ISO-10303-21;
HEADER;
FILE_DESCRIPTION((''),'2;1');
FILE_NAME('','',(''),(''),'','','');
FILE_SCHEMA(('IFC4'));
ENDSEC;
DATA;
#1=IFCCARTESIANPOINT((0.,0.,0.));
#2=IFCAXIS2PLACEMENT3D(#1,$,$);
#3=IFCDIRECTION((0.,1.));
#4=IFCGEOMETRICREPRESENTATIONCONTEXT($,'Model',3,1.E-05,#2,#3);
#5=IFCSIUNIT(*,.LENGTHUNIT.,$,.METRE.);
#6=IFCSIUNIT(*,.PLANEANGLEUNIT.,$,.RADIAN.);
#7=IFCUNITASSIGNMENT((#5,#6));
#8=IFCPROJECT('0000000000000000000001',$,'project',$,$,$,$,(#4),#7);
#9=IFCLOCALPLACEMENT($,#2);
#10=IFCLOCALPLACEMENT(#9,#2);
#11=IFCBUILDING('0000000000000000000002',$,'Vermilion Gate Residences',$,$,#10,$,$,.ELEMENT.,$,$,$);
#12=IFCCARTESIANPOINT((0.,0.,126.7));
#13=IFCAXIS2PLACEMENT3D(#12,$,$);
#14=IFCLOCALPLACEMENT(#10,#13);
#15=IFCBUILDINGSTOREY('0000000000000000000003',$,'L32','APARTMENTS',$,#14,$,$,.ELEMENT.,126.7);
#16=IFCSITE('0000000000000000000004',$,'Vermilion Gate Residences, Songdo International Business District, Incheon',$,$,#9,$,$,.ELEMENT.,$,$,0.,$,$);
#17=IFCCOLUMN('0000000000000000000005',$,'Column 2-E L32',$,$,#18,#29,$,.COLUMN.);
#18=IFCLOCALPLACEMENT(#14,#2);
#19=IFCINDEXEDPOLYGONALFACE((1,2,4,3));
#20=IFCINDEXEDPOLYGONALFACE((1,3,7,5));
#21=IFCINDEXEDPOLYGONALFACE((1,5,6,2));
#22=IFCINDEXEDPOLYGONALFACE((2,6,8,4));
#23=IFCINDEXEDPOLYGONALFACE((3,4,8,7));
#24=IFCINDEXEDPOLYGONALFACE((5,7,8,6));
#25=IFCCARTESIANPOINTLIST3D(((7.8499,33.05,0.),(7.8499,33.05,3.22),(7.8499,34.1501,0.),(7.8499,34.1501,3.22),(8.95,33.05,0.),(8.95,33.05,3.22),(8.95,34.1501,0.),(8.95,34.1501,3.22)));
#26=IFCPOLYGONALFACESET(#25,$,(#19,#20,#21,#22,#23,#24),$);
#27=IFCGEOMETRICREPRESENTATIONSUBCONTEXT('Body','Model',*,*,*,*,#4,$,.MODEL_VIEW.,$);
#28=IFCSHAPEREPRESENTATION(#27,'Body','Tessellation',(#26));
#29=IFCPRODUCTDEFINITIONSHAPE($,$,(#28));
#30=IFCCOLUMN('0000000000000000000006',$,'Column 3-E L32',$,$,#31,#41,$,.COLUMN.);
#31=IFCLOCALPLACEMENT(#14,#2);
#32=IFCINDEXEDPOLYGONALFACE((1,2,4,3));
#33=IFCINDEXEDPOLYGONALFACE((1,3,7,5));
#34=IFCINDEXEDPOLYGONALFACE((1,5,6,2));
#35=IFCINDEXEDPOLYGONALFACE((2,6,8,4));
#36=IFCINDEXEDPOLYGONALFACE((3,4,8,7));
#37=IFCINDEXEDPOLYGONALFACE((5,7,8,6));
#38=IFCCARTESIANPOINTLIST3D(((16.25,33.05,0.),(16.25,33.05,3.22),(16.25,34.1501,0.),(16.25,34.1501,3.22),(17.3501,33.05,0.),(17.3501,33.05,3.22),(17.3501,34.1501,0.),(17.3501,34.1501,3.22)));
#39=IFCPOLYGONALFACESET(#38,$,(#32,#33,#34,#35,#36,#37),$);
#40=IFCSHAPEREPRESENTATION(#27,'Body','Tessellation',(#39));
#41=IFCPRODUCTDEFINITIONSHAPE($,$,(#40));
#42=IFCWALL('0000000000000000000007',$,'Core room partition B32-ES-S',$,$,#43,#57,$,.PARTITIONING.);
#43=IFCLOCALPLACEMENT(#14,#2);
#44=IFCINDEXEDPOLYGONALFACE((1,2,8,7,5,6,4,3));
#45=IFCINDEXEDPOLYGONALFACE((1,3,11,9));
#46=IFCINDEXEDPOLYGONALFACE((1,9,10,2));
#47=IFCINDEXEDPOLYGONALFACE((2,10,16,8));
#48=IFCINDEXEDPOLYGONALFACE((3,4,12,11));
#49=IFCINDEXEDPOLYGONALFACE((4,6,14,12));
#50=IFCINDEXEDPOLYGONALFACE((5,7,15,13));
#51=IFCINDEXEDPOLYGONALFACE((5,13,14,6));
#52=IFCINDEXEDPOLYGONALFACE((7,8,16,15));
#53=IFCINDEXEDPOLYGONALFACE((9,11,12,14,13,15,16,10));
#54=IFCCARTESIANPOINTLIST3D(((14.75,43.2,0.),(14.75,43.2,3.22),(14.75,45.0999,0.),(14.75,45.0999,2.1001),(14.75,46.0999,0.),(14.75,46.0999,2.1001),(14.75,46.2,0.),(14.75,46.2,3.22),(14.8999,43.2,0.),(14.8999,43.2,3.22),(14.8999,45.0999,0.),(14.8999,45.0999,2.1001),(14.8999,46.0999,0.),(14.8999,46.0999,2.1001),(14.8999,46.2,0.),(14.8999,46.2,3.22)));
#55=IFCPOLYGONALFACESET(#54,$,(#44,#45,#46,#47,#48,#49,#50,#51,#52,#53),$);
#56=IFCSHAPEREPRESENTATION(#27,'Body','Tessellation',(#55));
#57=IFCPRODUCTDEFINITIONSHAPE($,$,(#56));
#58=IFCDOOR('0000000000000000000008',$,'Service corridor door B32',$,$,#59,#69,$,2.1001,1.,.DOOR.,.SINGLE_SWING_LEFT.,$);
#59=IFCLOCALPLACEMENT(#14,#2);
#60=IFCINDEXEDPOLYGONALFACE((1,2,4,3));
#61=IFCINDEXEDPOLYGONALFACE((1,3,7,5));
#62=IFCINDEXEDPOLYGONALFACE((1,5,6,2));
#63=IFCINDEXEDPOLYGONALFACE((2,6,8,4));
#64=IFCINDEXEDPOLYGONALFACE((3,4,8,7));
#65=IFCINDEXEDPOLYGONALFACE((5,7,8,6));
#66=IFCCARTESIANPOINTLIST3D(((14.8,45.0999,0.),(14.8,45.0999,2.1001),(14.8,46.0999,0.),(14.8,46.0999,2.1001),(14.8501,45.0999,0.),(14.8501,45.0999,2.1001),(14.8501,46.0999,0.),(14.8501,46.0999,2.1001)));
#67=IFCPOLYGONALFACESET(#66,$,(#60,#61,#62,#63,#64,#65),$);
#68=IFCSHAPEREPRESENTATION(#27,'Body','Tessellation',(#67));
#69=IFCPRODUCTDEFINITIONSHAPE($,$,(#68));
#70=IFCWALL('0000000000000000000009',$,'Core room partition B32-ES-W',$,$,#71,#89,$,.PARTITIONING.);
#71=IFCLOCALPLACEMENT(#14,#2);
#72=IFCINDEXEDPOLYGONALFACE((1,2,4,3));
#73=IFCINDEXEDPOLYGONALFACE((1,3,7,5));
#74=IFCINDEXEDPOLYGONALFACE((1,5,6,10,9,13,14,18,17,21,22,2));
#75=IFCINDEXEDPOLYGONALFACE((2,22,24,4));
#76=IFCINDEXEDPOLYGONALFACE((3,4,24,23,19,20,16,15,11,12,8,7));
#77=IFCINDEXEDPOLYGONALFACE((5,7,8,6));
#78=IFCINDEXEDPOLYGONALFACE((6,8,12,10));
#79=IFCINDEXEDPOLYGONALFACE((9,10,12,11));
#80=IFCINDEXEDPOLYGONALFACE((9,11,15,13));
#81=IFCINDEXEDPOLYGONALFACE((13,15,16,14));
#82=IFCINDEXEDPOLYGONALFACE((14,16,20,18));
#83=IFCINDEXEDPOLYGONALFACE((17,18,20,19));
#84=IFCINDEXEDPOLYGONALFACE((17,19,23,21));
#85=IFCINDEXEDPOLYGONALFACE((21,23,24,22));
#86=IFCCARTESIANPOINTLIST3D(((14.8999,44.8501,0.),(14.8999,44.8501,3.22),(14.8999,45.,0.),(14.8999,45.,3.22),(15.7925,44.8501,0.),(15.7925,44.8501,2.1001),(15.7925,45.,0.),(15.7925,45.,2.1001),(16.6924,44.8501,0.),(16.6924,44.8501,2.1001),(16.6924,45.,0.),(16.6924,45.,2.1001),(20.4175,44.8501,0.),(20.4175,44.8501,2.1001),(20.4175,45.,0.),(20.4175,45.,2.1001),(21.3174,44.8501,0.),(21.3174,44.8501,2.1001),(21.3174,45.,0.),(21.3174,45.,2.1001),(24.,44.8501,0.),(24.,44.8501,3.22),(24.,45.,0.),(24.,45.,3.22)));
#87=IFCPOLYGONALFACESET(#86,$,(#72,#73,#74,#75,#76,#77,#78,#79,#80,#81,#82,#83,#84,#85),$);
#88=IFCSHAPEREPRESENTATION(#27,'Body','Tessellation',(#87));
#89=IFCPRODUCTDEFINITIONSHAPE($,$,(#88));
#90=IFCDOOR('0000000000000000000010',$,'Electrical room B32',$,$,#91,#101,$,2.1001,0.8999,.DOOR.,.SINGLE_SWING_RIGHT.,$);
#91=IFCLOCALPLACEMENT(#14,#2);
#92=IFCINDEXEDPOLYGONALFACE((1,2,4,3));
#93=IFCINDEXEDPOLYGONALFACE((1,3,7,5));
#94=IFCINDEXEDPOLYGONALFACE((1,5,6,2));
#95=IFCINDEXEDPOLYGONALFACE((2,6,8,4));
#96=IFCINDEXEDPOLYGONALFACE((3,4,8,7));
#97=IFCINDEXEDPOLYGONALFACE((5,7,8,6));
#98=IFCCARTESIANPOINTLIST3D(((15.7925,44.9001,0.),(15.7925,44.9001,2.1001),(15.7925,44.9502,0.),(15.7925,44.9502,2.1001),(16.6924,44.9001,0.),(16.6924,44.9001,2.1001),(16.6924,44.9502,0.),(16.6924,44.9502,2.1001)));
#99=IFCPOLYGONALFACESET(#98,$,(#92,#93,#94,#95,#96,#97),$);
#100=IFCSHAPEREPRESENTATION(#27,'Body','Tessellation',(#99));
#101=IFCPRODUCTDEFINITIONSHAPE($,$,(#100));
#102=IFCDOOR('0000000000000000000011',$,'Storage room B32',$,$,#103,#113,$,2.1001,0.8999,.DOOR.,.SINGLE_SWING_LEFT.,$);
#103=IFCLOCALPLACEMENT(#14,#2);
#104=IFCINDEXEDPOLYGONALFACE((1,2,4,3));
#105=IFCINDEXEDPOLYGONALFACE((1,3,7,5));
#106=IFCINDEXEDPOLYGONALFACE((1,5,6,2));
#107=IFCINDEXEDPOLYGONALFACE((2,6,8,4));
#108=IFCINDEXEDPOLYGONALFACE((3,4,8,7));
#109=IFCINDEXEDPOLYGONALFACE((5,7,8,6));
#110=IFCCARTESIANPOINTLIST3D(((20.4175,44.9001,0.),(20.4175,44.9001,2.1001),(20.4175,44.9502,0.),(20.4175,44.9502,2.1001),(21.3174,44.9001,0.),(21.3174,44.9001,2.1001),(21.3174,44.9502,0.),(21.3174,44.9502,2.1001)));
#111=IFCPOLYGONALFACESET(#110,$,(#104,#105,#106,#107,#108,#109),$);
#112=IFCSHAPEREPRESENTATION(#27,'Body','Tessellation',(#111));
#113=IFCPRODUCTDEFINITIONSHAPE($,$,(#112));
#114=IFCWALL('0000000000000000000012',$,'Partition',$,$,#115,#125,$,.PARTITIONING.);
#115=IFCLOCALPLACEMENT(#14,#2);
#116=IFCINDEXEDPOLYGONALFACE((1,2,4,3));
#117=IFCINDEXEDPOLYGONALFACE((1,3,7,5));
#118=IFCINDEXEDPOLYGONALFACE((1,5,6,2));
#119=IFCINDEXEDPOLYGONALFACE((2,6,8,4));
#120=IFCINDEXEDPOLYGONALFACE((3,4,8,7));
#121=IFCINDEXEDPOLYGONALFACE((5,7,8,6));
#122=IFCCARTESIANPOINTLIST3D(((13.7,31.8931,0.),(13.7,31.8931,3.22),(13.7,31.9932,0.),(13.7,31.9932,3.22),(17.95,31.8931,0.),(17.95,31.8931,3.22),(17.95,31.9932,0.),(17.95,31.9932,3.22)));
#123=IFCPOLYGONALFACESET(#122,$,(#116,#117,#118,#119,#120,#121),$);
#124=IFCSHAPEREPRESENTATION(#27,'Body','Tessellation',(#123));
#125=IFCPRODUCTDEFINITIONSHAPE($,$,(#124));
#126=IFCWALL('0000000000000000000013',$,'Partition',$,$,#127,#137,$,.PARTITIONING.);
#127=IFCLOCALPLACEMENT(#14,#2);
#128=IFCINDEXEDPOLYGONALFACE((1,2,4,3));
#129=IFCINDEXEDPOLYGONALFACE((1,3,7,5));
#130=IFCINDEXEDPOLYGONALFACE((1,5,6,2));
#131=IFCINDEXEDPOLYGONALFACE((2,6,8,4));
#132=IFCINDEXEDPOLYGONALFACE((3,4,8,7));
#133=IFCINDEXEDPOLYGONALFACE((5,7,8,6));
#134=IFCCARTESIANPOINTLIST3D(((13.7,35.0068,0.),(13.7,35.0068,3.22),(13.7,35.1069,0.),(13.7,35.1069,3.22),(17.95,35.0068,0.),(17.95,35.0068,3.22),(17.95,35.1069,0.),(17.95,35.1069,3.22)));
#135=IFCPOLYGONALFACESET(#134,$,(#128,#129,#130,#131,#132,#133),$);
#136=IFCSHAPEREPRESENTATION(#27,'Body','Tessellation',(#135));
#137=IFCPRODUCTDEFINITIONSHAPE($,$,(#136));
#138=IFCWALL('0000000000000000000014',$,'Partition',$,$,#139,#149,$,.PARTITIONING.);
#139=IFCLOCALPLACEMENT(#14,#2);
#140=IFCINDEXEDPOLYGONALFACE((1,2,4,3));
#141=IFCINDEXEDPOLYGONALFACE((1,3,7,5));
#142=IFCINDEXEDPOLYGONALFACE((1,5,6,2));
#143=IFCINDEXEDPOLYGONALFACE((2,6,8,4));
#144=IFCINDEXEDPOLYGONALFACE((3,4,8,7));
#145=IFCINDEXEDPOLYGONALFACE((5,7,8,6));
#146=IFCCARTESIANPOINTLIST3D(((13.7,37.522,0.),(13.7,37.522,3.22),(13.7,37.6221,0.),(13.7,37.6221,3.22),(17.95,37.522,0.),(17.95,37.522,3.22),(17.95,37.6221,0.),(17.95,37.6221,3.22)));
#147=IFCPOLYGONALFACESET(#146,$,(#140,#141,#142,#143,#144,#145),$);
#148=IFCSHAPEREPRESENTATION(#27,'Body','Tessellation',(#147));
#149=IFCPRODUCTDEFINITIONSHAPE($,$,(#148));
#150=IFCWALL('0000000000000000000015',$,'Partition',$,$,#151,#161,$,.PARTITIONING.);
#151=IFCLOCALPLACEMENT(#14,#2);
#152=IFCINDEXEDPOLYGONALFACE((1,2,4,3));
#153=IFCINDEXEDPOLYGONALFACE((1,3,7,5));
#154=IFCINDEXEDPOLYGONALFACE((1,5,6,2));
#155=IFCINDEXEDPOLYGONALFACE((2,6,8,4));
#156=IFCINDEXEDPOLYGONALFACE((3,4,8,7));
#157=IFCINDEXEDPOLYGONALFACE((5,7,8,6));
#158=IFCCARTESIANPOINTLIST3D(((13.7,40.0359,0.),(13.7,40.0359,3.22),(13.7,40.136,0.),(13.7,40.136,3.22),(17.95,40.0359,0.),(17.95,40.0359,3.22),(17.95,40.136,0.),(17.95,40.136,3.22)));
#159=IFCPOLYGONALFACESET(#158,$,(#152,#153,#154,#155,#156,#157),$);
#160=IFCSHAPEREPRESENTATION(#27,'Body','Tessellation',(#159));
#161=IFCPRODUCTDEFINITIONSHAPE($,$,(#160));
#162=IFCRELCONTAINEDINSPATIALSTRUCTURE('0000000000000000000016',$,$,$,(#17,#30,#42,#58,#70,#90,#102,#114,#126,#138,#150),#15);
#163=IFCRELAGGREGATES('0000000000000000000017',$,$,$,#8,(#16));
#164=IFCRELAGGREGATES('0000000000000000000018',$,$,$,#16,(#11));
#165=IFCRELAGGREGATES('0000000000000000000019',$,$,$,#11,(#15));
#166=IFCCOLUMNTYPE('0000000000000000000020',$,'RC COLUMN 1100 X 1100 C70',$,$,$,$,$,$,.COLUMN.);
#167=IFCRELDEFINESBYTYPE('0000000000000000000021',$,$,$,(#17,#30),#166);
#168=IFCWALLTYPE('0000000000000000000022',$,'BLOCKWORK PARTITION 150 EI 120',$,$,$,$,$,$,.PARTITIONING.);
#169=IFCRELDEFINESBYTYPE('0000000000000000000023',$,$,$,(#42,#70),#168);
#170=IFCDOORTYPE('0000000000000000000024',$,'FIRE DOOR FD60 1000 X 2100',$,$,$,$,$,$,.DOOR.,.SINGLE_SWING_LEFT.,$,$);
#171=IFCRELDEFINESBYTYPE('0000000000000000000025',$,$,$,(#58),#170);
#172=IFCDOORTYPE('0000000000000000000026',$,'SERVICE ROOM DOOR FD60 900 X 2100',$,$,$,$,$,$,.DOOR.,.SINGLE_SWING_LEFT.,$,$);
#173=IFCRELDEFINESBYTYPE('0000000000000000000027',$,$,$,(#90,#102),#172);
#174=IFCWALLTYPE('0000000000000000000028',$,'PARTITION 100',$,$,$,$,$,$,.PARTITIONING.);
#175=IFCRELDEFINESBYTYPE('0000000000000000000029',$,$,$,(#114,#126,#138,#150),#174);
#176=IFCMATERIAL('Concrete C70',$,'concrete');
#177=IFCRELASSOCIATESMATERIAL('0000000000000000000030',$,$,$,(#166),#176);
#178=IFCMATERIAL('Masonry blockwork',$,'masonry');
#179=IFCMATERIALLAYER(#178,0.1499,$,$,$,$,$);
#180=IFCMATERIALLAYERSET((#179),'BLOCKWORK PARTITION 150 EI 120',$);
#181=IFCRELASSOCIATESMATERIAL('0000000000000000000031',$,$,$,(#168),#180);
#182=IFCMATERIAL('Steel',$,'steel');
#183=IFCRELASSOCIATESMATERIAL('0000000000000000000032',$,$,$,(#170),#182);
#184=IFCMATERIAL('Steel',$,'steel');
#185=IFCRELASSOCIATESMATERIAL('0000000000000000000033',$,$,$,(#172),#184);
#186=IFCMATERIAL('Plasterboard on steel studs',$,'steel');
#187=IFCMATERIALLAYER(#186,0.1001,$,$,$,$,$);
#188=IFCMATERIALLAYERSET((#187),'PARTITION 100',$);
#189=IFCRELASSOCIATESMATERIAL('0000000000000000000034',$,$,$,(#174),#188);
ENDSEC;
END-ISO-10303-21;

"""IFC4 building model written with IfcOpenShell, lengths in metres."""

from ifc_helpers import new_model, si_unit, direction, frame, frame_2d, origin, origin_2d, place, context, subcontext, project, spatial, rectangle, extrude, material, layer, layer_set, material_profile, profile_set, type_object, element, fill, save


model = new_model("IFC4")

# Units and contexts
model_context = context("Model", 3, precision=1e-05, world=origin(), true_north=direction((0.0, 1.0)))
body_context = subcontext(model_context, "Body", "Model", "MODEL_VIEW")
ifc_project = project(units=[si_unit("LENGTHUNIT", "METRE"), si_unit("PLANEANGLEUNIT", "RADIAN")], contexts=[model_context])

# Site, building, storey
site_placement = place(None, origin())
site = spatial("IfcSite", under=ifc_project, at=site_placement, Name="Vermilion Gate Residences, Songdo International Business District, Incheon", CompositionType="ELEMENT", RefElevation=0.0)
building_placement = place(site_placement, origin())
building = spatial("IfcBuilding", under=site, at=building_placement, Name="Vermilion Gate Residences", CompositionType="ELEMENT")
storey_placement = place(building_placement, frame((0.0, 0.0, 126.7)))
storey = spatial("IfcBuildingStorey", under=building, at=storey_placement, Name="L32", Description="APARTMENTS", CompositionType="ELEMENT", Elevation=126.7)

# Columns
ifc_material_1 = material(Name="Concrete C70", Category="concrete")
ifc_material_profile = material_profile(ifc_material_1, rectangle(XDim=1.1001, YDim=1.1001, at=origin_2d()), Name="RC-1100x1100")
ifc_profile_set = profile_set([ifc_material_profile], Name="Concrete C70")
column_type = type_object("IfcColumnType", Name="RC COLUMN 1100 X 1100 C70", PredefinedType="COLUMN", material=ifc_profile_set)
for number, where, z_axis, x_axis, name in (
    (1, (8.3999, 33.6001, 0.0), (0.0, 0.0, 1.0), (1.0, 0.0, 0.0), "Column 2-E L32"),
    (2, (16.8, 33.6001, 0.0), (0.0, 0.0, 1.0), (1.0, 0.0, 0.0), "Column 3-E L32"),
):
    element("IfcColumn", number, at=place(storey_placement, frame(where, z_axis=z_axis, x_axis=x_axis)), inside=storey, type_object=column_type, Name=name, PredefinedType="COLUMN", context=body_context, shape_type="SweptSolid", body=[
        extrude(rectangle(XDim=1.1001, YDim=1.1001, at=origin_2d()), origin(), (0.0, 0.0, 1.0), 3.22),
    ])

# Wall, opening, door
ifc_material_2 = material(Name="Masonry blockwork", Category="masonry")
ifc_layer_1 = layer(ifc_material_2, 0.1499)
ifc_layer_set_1 = layer_set([ifc_layer_1], Name="BLOCKWORK PARTITION 150 EI 120")
wall_type_1 = type_object("IfcWallType", Name="BLOCKWORK PARTITION 150 EI 120", PredefinedType="PARTITIONING", material=ifc_layer_set_1)
wall_1_placement = place(storey_placement, frame((14.825, 46.2, 0.0), z_axis=(0.0, 0.0, 1.0), x_axis=(0.0, -1.0, 0.0)))
wall_1 = element("IfcWall", 3, at=wall_1_placement, inside=storey, type_object=wall_type_1, Name="Core room partition B32-ES-S", PredefinedType="PARTITIONING", context=body_context, shape_type="SweptSolid", body=[
    extrude(rectangle(XDim=3.0, YDim=0.1499, at=frame_2d((1.5, 0.0))), origin(), (0.0, 0.0, 1.0), 3.22),
])
opening_1_placement = place(wall_1_placement, frame((0.1001, 0.0, 0.0)))
opening_1 = element("IfcOpeningElement", 4, at=opening_1_placement, cuts=wall_1, PredefinedType="OPENING", context=body_context, shape_type="SweptSolid", body=[
    extrude(rectangle(XDim=1.0, YDim=2.1001, at=frame_2d((0.5, 1.05))), frame((0.0, 0.085, 0.0), z_axis=(0.0, -1.0, 0.0), x_axis=(1.0, 0.0, 0.0)), (0.0, 0.0, 1.0), 0.1699),
])
ifc_material_3 = material(Name="Steel", Category="steel")
door_type_1 = type_object("IfcDoorType", Name="FIRE DOOR FD60 1000 X 2100", OperationType="SINGLE_SWING_LEFT", PredefinedType="DOOR", material=ifc_material_3)
door_1_placement = place(opening_1_placement, frame((1.0, 0.0, 0.0), z_axis=(0.0, 0.0, 1.0), x_axis=(-1.0, 0.0, 0.0)))
door_1 = element("IfcDoor", 5, at=door_1_placement, inside=storey, type_object=door_type_1, Name="Service corridor door B32", OperationType="SINGLE_SWING_LEFT", OverallHeight=2.1001, OverallWidth=1.0, PredefinedType="DOOR", context=body_context, shape_type="SweptSolid", body=[
    extrude(rectangle(XDim=1.0, YDim=2.1001, at=frame_2d((0.5, 1.05))), frame((0.0, 0.0249, 0.0), z_axis=(0.0, -1.0, 0.0), x_axis=(1.0, 0.0, 0.0)), (0.0, 0.0, 1.0), 0.05),
])
fill(opening_1, door_1)

# Wall, openings, doors
wall_2_placement = place(storey_placement, frame((14.8999, 44.925, 0.0), z_axis=(0.0, 0.0, 1.0), x_axis=(1.0, 0.0, 0.0)))
wall_2 = element("IfcWall", 6, at=wall_2_placement, inside=storey, type_object=wall_type_1, Name="Core room partition B32-ES-W", PredefinedType="PARTITIONING", context=body_context, shape_type="SweptSolid", body=[
    extrude(rectangle(XDim=9.1001, YDim=0.1499, at=frame_2d((4.55, 0.0))), origin(), (0.0, 0.0, 1.0), 3.22),
])
opening_2_placement = place(wall_2_placement, frame((0.8926, 0.0, 0.0)))
opening_2 = element("IfcOpeningElement", 7, at=opening_2_placement, cuts=wall_2, PredefinedType="OPENING", context=body_context, shape_type="SweptSolid", body=[
    extrude(rectangle(XDim=0.8999, YDim=2.1001, at=frame_2d((0.45, 1.05))), frame((0.0, 0.085, 0.0), z_axis=(0.0, -1.0, 0.0), x_axis=(1.0, 0.0, 0.0)), (0.0, 0.0, 1.0), 0.1699),
])
opening_3_placement = place(wall_2_placement, frame((5.5176, 0.0, 0.0)))
opening_3 = element("IfcOpeningElement", 8, at=opening_3_placement, cuts=wall_2, PredefinedType="OPENING", context=body_context, shape_type="SweptSolid", body=[
    extrude(rectangle(XDim=0.8999, YDim=2.1001, at=frame_2d((0.45, 1.05))), frame((0.0, 0.085, 0.0), z_axis=(0.0, -1.0, 0.0), x_axis=(1.0, 0.0, 0.0)), (0.0, 0.0, 1.0), 0.1699),
])
ifc_material_4 = material(Name="Steel", Category="steel")
door_type_2 = type_object("IfcDoorType", Name="SERVICE ROOM DOOR FD60 900 X 2100", OperationType="SINGLE_SWING_LEFT", PredefinedType="DOOR", material=ifc_material_4)
door_2_placement = place(opening_2_placement, frame((0.8999, 0.0, 0.0), z_axis=(0.0, 0.0, 1.0), x_axis=(-1.0, 0.0, 0.0)))
door_2 = element("IfcDoor", 9, at=door_2_placement, inside=storey, type_object=door_type_2, Name="Electrical room B32", OperationType="SINGLE_SWING_RIGHT", OverallHeight=2.1001, OverallWidth=0.8999, PredefinedType="DOOR", context=body_context, shape_type="SweptSolid", body=[
    extrude(rectangle(XDim=0.8999, YDim=2.1001, at=frame_2d((0.45, 1.05))), frame((0.0, 0.0249, 0.0), z_axis=(0.0, -1.0, 0.0), x_axis=(1.0, 0.0, 0.0)), (0.0, 0.0, 1.0), 0.05),
])
fill(opening_2, door_2)
door_3_placement = place(opening_3_placement, frame((0.8999, 0.0, 0.0), z_axis=(0.0, 0.0, 1.0), x_axis=(-1.0, 0.0, 0.0)))
door_3 = element("IfcDoor", 10, at=door_3_placement, inside=storey, type_object=door_type_2, Name="Storage room B32", OperationType="SINGLE_SWING_LEFT", OverallHeight=2.1001, OverallWidth=0.8999, PredefinedType="DOOR", context=body_context, shape_type="SweptSolid", body=[
    extrude(rectangle(XDim=0.8999, YDim=2.1001, at=frame_2d((0.45, 1.05))), frame((0.0, 0.0249, 0.0), z_axis=(0.0, -1.0, 0.0), x_axis=(1.0, 0.0, 0.0)), (0.0, 0.0, 1.0), 0.05),
])
fill(opening_3, door_3)

# Walls
ifc_material_5 = material(Name="Plasterboard on steel studs", Category="steel")
ifc_layer_2 = layer(ifc_material_5, 0.1001)
ifc_layer_set_2 = layer_set([ifc_layer_2], Name="PARTITION 100")
wall_type_2 = type_object("IfcWallType", Name="PARTITION 100", PredefinedType="PARTITIONING", material=ifc_layer_set_2)
for number, where, z_axis, x_axis, name in (
    (11, (13.7, 31.9431, 0.0), (0.0, 0.0, 1.0), (1.0, 0.0, 0.0), "Partition"),
    (12, (13.7, 35.0569, 0.0), (0.0, 0.0, 1.0), (1.0, 0.0, 0.0), "Partition"),
    (13, (13.7, 37.572, 0.0), (0.0, 0.0, 1.0), (1.0, 0.0, 0.0), "Partition"),
    (14, (13.7, 40.0859, 0.0), (0.0, 0.0, 1.0), (1.0, 0.0, 0.0), "Partition"),
):
    element("IfcWall", number, at=place(storey_placement, frame(where, z_axis=z_axis, x_axis=x_axis)), inside=storey, type_object=wall_type_2, Name=name, PredefinedType="PARTITIONING", context=body_context, shape_type="SweptSolid", body=[
        extrude(rectangle(XDim=4.25, YDim=0.1001, at=frame_2d((2.125, 0.0))), origin(), (0.0, 0.0, 1.0), 3.22),
    ])

save(model, "model.ifc")
